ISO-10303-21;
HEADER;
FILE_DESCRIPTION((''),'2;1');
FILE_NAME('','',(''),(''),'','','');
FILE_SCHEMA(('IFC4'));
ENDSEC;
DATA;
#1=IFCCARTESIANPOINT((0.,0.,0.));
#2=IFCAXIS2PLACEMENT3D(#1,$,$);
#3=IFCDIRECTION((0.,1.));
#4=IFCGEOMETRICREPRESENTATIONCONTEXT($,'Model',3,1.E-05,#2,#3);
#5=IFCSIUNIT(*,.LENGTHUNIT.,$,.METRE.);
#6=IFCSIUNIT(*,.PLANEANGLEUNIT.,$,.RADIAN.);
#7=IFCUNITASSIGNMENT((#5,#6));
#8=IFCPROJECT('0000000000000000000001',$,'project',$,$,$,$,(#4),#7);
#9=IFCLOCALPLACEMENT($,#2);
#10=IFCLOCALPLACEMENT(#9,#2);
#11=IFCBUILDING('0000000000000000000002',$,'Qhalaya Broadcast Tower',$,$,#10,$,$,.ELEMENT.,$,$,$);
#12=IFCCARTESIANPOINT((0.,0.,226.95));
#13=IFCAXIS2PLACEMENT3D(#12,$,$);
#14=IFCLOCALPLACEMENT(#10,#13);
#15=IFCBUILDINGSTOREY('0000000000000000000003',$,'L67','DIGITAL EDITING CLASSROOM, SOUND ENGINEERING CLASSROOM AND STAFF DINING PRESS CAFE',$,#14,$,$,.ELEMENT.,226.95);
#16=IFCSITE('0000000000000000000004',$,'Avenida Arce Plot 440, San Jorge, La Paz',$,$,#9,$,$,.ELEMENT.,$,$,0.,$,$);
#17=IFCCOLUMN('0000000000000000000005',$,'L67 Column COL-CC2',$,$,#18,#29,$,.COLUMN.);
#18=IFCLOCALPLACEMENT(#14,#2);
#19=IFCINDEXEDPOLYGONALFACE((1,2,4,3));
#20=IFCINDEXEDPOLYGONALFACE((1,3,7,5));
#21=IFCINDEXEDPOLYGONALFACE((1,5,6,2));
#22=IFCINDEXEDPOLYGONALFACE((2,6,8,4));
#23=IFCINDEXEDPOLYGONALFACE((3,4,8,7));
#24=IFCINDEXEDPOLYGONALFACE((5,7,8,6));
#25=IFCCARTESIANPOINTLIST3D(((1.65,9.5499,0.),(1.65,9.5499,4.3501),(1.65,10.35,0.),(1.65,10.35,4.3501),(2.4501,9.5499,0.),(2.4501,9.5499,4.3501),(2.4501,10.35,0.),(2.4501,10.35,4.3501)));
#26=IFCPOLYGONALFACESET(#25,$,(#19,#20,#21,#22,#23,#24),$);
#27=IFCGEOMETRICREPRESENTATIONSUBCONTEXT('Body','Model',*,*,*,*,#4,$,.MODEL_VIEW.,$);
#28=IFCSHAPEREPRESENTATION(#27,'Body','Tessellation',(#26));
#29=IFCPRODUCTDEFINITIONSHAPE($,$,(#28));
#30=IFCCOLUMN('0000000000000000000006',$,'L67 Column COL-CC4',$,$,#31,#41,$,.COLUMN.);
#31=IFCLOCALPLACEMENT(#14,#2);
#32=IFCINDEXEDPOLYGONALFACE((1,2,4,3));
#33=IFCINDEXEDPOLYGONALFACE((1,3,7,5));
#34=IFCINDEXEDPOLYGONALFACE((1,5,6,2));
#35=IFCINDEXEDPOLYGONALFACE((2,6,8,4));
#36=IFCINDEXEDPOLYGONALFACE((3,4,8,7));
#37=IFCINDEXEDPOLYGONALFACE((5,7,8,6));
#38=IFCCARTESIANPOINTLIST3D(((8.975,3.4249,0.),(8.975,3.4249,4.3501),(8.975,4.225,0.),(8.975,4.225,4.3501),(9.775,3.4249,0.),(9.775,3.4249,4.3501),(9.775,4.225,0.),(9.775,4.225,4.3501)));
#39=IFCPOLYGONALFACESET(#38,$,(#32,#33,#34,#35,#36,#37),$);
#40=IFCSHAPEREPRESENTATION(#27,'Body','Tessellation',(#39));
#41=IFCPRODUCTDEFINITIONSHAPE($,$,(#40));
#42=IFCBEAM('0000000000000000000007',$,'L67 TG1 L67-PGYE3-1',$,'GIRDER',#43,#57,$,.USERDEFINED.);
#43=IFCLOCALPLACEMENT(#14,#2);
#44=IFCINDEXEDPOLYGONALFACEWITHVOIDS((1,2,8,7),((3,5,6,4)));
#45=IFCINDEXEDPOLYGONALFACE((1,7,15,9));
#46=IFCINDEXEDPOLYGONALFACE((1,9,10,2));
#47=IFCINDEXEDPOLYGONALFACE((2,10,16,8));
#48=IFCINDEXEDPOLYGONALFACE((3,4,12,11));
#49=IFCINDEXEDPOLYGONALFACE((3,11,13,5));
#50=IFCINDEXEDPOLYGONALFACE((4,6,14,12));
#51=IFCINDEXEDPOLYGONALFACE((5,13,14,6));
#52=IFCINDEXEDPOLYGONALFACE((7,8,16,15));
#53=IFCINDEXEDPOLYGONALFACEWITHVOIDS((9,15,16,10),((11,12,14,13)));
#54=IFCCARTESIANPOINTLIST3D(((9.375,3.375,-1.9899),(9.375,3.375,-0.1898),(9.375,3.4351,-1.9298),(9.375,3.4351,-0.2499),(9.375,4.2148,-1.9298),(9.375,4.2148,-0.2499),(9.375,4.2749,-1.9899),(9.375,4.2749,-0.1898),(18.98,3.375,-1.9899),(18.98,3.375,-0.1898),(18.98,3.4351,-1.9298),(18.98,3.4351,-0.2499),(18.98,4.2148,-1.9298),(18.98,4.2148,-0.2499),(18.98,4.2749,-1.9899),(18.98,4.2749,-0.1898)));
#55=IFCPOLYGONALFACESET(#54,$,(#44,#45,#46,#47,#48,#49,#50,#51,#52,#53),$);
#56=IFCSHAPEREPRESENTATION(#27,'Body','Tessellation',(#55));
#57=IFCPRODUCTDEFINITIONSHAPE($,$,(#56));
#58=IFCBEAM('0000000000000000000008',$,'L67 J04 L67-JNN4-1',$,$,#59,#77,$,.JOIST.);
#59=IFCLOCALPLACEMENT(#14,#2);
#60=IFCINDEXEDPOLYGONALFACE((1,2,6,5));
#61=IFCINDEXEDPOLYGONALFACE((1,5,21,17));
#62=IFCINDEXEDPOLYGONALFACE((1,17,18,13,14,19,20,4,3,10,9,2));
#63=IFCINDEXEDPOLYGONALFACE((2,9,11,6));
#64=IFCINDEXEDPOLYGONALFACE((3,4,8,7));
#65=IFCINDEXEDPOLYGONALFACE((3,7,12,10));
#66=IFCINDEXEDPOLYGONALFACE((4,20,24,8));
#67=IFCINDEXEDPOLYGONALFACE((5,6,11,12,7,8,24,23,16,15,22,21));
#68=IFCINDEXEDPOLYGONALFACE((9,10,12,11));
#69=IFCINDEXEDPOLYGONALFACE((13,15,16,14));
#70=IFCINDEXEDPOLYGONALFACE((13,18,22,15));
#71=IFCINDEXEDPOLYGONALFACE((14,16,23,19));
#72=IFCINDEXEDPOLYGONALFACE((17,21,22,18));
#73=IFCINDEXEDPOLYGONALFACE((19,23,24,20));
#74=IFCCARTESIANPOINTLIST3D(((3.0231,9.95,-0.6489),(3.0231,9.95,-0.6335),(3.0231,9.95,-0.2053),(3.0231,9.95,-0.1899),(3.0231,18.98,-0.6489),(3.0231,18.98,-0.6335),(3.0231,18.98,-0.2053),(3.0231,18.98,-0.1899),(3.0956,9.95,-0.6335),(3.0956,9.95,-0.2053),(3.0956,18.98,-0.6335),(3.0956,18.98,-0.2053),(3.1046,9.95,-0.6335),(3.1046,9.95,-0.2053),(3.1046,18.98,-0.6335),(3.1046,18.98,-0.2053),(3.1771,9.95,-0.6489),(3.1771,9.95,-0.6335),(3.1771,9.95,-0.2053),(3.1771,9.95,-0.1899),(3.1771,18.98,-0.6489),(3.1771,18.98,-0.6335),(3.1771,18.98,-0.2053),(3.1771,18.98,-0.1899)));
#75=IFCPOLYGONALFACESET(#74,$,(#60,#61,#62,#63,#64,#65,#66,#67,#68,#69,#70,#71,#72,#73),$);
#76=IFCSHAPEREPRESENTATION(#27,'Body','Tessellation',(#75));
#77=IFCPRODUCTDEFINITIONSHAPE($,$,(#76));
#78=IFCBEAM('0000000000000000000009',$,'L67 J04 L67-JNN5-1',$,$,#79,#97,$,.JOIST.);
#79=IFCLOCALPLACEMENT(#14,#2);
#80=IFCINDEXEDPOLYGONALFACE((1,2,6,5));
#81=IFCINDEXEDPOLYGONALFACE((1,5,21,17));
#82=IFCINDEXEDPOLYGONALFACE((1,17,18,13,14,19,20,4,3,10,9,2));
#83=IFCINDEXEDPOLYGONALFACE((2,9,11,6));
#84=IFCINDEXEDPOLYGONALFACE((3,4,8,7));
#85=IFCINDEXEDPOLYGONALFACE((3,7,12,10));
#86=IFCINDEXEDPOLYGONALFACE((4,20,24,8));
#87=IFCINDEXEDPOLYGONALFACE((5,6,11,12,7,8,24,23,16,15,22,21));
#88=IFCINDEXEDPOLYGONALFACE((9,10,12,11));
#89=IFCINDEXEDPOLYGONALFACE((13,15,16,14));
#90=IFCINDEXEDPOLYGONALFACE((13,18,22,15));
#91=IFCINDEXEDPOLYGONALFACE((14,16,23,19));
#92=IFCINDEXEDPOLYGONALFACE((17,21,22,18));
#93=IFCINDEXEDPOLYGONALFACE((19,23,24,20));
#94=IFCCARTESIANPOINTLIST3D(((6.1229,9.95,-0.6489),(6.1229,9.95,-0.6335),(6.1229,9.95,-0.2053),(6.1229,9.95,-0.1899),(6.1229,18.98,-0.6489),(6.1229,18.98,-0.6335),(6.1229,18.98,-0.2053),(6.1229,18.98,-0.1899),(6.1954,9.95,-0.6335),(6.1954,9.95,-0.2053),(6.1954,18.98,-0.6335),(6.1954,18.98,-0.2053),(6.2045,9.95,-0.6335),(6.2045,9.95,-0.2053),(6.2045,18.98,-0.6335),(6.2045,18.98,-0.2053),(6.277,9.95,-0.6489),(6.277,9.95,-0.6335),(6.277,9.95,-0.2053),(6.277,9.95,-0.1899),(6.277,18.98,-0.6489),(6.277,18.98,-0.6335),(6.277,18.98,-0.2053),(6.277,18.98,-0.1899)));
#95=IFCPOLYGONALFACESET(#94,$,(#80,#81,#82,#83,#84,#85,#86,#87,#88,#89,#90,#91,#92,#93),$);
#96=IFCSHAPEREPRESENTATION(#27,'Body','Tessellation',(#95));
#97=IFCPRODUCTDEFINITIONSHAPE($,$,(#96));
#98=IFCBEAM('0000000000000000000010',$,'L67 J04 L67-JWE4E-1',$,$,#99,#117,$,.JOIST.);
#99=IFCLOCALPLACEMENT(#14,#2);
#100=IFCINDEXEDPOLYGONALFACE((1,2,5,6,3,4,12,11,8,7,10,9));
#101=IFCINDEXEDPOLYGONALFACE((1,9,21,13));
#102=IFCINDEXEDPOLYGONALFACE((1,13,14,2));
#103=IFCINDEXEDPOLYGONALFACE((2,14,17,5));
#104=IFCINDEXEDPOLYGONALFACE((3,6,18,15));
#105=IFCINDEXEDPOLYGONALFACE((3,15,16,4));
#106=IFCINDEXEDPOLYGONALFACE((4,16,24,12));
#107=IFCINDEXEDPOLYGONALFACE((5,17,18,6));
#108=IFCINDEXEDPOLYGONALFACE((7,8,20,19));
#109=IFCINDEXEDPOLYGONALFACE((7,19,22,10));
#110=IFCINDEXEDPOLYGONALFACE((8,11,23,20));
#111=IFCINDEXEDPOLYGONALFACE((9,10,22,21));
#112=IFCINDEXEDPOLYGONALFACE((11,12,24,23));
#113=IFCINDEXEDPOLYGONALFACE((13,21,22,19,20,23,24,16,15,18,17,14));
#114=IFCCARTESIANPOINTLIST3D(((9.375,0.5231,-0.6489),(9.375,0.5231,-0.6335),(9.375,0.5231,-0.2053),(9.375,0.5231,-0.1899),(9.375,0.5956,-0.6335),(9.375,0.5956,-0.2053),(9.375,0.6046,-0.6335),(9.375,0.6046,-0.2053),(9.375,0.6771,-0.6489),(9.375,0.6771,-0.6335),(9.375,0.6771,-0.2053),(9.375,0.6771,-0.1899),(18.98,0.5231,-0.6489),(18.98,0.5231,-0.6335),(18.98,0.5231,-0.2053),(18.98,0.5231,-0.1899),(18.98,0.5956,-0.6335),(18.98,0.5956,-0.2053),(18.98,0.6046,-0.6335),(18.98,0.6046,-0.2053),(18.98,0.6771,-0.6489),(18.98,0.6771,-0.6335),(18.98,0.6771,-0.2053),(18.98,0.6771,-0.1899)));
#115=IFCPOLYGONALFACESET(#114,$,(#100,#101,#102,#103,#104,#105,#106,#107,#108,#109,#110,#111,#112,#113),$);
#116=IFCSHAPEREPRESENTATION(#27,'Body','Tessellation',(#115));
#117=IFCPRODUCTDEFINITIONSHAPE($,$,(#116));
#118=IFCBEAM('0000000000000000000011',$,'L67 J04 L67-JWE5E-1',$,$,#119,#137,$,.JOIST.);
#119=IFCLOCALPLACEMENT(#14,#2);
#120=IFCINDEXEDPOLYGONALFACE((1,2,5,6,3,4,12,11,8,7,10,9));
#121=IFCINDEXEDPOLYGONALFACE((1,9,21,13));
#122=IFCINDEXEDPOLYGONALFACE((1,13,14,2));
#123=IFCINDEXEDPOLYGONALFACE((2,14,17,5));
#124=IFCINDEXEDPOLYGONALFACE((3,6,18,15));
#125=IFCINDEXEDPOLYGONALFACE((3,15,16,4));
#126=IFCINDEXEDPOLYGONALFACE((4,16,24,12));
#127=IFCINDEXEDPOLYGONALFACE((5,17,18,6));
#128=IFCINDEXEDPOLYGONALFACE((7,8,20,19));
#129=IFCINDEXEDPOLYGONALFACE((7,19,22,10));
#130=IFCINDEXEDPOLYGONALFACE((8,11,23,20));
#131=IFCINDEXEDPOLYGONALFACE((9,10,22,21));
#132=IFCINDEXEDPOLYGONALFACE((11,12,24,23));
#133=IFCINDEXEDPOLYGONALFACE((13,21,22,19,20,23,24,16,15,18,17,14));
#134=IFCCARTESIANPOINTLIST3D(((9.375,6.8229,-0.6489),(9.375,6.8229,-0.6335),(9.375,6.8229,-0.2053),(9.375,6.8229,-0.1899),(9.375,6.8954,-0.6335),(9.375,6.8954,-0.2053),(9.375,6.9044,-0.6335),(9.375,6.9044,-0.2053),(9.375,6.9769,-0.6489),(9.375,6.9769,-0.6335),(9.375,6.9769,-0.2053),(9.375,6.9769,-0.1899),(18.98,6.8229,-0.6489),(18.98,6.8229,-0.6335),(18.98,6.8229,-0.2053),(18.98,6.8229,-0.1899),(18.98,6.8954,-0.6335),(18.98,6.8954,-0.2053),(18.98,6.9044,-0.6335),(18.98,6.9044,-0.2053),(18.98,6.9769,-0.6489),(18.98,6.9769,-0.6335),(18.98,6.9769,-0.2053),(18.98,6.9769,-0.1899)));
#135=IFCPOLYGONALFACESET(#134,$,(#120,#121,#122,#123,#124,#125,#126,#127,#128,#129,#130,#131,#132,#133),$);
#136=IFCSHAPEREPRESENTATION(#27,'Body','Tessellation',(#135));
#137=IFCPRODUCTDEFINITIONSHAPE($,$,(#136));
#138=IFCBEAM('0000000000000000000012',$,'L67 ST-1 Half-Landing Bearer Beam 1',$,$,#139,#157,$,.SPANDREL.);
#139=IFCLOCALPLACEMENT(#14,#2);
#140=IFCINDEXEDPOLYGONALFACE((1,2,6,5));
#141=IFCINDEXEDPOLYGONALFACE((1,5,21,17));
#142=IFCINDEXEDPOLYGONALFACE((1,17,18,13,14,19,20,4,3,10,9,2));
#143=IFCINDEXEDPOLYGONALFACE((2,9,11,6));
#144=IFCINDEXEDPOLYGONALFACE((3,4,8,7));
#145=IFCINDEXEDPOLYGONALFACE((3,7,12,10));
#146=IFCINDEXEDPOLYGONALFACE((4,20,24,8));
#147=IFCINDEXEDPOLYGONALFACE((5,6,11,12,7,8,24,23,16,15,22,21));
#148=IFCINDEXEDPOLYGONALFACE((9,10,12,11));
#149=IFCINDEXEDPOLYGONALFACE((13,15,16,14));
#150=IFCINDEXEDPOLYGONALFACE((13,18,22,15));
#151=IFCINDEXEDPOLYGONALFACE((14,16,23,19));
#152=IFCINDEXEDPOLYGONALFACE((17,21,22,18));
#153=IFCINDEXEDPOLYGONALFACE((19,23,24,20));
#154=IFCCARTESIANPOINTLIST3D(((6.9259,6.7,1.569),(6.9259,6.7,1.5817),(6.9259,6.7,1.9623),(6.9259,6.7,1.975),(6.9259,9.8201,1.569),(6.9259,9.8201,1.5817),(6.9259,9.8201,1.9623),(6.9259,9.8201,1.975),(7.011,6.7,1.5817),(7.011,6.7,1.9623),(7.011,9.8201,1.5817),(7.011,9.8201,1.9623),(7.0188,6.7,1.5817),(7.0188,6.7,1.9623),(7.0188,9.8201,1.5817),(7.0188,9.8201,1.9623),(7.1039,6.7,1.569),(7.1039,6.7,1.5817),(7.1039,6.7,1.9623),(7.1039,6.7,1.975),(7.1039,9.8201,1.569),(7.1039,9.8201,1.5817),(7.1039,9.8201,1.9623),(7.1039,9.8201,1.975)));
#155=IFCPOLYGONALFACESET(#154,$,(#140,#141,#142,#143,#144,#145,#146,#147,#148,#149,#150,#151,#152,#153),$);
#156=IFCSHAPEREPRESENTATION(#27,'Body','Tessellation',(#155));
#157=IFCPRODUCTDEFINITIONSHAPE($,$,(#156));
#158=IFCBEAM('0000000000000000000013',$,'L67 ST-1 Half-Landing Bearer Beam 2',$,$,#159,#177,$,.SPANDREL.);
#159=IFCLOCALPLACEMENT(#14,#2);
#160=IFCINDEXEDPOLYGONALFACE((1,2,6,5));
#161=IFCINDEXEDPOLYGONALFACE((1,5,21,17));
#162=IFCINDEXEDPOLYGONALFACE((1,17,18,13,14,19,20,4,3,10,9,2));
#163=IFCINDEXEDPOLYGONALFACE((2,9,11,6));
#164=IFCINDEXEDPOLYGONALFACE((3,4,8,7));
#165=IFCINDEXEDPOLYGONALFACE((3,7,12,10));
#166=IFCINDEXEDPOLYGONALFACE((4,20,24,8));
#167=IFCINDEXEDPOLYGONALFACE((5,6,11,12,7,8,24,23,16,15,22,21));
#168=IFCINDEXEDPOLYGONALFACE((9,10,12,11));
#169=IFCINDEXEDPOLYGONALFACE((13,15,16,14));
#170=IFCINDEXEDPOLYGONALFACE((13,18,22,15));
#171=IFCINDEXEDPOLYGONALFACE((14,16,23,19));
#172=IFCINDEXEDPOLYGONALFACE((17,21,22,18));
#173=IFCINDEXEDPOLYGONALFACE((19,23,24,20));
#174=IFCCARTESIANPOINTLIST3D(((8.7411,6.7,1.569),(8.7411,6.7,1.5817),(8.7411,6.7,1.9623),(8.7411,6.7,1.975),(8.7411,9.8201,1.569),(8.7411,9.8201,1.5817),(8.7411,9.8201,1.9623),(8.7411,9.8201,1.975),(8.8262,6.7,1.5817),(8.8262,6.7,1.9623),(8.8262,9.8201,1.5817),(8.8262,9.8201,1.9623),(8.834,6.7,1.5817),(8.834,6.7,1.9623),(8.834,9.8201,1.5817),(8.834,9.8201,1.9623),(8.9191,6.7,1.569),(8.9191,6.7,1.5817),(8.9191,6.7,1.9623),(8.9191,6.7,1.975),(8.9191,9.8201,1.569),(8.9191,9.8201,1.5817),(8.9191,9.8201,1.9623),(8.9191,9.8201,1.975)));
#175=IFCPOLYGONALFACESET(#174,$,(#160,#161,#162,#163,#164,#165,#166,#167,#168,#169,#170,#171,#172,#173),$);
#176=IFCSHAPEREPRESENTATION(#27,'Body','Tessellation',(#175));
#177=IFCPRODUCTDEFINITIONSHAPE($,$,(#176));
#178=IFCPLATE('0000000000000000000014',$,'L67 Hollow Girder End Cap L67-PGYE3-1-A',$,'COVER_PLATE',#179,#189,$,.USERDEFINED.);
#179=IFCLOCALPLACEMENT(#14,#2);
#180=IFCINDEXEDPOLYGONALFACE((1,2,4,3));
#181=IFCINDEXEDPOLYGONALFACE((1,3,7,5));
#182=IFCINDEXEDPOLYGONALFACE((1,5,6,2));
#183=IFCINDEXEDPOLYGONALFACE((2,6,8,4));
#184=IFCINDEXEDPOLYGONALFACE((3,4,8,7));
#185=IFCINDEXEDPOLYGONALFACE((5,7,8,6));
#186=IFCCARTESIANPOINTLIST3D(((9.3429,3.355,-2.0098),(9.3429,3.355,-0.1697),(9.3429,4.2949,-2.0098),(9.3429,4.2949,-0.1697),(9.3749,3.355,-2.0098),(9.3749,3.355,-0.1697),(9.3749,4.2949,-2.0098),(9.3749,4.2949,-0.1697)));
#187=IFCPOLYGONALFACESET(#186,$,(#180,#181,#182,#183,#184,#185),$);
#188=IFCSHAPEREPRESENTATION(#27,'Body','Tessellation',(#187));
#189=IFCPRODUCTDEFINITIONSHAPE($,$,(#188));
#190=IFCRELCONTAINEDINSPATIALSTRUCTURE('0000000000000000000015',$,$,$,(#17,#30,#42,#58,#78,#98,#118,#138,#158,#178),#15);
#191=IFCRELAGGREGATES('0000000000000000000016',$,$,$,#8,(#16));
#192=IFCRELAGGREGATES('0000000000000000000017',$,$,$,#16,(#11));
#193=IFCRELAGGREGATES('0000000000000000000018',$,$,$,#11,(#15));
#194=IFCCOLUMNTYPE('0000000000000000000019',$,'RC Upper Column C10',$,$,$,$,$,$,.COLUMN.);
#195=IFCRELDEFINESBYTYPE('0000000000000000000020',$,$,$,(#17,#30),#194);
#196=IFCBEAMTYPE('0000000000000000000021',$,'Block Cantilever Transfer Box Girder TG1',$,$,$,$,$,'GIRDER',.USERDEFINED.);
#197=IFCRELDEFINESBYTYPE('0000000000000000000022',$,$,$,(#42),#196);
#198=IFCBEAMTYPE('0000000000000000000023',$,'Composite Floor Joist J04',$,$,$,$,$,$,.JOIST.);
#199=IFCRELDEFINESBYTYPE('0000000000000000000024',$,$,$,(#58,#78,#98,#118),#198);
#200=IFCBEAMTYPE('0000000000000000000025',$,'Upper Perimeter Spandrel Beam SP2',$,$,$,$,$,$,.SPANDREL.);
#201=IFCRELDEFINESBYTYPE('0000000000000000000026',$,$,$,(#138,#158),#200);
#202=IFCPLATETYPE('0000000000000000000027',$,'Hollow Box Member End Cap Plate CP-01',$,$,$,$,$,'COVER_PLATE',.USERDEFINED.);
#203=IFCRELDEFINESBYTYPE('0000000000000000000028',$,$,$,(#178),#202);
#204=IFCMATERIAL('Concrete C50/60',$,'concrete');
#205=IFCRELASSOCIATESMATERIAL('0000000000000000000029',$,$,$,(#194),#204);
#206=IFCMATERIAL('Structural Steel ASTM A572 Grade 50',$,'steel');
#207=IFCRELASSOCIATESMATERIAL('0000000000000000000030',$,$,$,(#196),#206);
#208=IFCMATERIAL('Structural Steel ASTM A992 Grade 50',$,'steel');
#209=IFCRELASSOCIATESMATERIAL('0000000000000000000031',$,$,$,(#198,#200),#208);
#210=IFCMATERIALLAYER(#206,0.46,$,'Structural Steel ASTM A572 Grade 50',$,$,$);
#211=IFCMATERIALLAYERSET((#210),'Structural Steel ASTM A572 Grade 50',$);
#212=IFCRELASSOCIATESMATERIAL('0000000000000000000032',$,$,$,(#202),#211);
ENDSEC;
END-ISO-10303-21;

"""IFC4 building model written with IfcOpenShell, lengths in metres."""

from ifc_helpers import new_model, si_unit, direction, frame, origin, origin_2d, place, context, subcontext, project, spatial, rectangle, hollow_rectangle, i_section, extrude, material, layer, layer_set, material_profile, profile_set, type_object, element, save


model = new_model("IFC4")

# Units and contexts
model_context = context("Model", 3, precision=1e-05, world=origin(), true_north=direction((0.0, 1.0)))
body_context = subcontext(model_context, "Body", "Model", "MODEL_VIEW")
ifc_project = project(units=[si_unit("LENGTHUNIT", "METRE"), si_unit("PLANEANGLEUNIT", "RADIAN")], contexts=[model_context])

# Site, building, storey
site_placement = place(None, origin())
site = spatial("IfcSite", under=ifc_project, at=site_placement, Name="Avenida Arce Plot 440, San Jorge, La Paz", CompositionType="ELEMENT", RefElevation=0.0)
building_placement = place(site_placement, origin())
building = spatial("IfcBuilding", under=site, at=building_placement, Name="Qhalaya Broadcast Tower", CompositionType="ELEMENT")
storey_placement = place(building_placement, frame((0.0, 0.0, 226.95)))
storey = spatial("IfcBuildingStorey", under=building, at=storey_placement, Name="L67", Description="DIGITAL EDITING CLASSROOM, SOUND ENGINEERING CLASSROOM AND STAFF DINING PRESS CAFE", CompositionType="ELEMENT", Elevation=226.95)

# Columns
ifc_material_1 = material(Name="Concrete C50/60", Category="concrete")
ifc_material_profile_1 = material_profile(ifc_material_1, rectangle(XDim=0.8, YDim=0.8, at=origin_2d()), Name="RC-COL 800x800")
ifc_profile_set_1 = profile_set([ifc_material_profile_1], Name="Concrete C50/60")
column_type = type_object("IfcColumnType", Name="RC Upper Column C10", PredefinedType="COLUMN", material=ifc_profile_set_1)
for number, where, z_axis, x_axis, name in (
    (1, (2.05, 9.95, 0.0), (0.0, 0.0, 1.0), (1.0, 0.0, 0.0), "L67 Column COL-CC2"),
    (2, (9.375, 3.825, 0.0), (0.0, 0.0, 1.0), (1.0, 0.0, 0.0), "L67 Column COL-CC4"),
):
    element("IfcColumn", number, at=place(storey_placement, frame(where, z_axis=z_axis, x_axis=x_axis)), inside=storey, type_object=column_type, Name=name, PredefinedType="COLUMN", context=body_context, shape_type="SweptSolid", body=[
        extrude(rectangle(XDim=0.8, YDim=0.8, at=origin_2d()), origin(), (0.0, 0.0, 1.0), 4.3501),
    ])

# Beams
ifc_material_2 = material(Name="Structural Steel ASTM A572 Grade 50", Category="steel")
ifc_material_profile_2 = material_profile(ifc_material_2, hollow_rectangle(XDim=0.8999, YDim=1.8, WallThickness=0.0601, at=origin_2d()), Name="BOX 900x1800x60")
ifc_profile_set_2 = profile_set([ifc_material_profile_2], Name="Structural Steel ASTM A572 Grade 50")
beam_type_1 = type_object("IfcBeamType", Name="Block Cantilever Transfer Box Girder TG1", ElementType="GIRDER", PredefinedType="USERDEFINED", material=ifc_profile_set_2)
beam_placement = place(storey_placement, frame((9.375, 3.825, -1.0898), z_axis=(1.0, 0.0, 0.0), x_axis=(0.0, 1.0, 0.0)))
element("IfcBeam", 3, at=beam_placement, inside=storey, type_object=beam_type_1, Name="L67 TG1 L67-PGYE3-1", ObjectType="GIRDER", PredefinedType="USERDEFINED", context=body_context, shape_type="SweptSolid", body=[
    extrude(hollow_rectangle(XDim=0.8999, YDim=1.8, WallThickness=0.0601, at=origin_2d()), origin(), (0.0, 0.0, 1.0), 9.605),
])
ifc_material_3 = material(Name="Structural Steel ASTM A992 Grade 50", Category="steel")
ifc_material_profile_3 = material_profile(ifc_material_3, i_section(OverallWidth=0.1541, OverallDepth=0.459, WebThickness=0.009, FlangeThickness=0.0154, at=origin_2d()), Name="W18X46")
ifc_profile_set_3 = profile_set([ifc_material_profile_3], Name="Structural Steel ASTM A992 Grade 50")
beam_type_2 = type_object("IfcBeamType", Name="Composite Floor Joist J04", PredefinedType="JOIST", material=ifc_profile_set_3)
for number, where, z_axis, x_axis, name in (
    (4, (3.1001, 9.95, -0.4194), (0.0, 1.0, 0.0), (-1.0, 0.0, 0.0), "L67 J04 L67-JNN4-1"),
    (5, (6.2, 9.95, -0.4194), (0.0, 1.0, 0.0), (-1.0, 0.0, 0.0), "L67 J04 L67-JNN5-1"),
):
    element("IfcBeam", number, at=place(storey_placement, frame(where, z_axis=z_axis, x_axis=x_axis)), inside=storey, type_object=beam_type_2, Name=name, PredefinedType="JOIST", context=body_context, shape_type="SweptSolid", body=[
        extrude(i_section(OverallWidth=0.1541, OverallDepth=0.459, WebThickness=0.009, FlangeThickness=0.0154, at=origin_2d()), origin(), (0.0, 0.0, 1.0), 9.03),
    ])
for number, where, z_axis, x_axis, name in (
    (6, (9.375, 0.6001, -0.4194), (1.0, 0.0, 0.0), (0.0, 1.0, 0.0), "L67 J04 L67-JWE4E-1"),
    (7, (9.375, 6.8999, -0.4194), (1.0, 0.0, 0.0), (0.0, 1.0, 0.0), "L67 J04 L67-JWE5E-1"),
):
    element("IfcBeam", number, at=place(storey_placement, frame(where, z_axis=z_axis, x_axis=x_axis)), inside=storey, type_object=beam_type_2, Name=name, PredefinedType="JOIST", context=body_context, shape_type="SweptSolid", body=[
        extrude(i_section(OverallWidth=0.1541, OverallDepth=0.459, WebThickness=0.009, FlangeThickness=0.0154, at=origin_2d()), origin(), (0.0, 0.0, 1.0), 9.605),
    ])
ifc_material_profile_4 = material_profile(ifc_material_3, i_section(OverallWidth=0.178, OverallDepth=0.406, WebThickness=0.0078, FlangeThickness=0.0127, at=origin_2d()), Name="W16X40")
ifc_profile_set_4 = profile_set([ifc_material_profile_4], Name="Structural Steel ASTM A992 Grade 50")
beam_type_3 = type_object("IfcBeamType", Name="Upper Perimeter Spandrel Beam SP2", PredefinedType="SPANDREL", material=ifc_profile_set_4)
for number, where, z_axis, x_axis, name in (
    (8, (7.0149, 6.7, 1.772), (0.0, 1.0, 0.0), (-1.0, 0.0, 0.0), "L67 ST-1 Half-Landing Bearer Beam 1"),
    (9, (8.8301, 6.7, 1.772), (0.0, 1.0, 0.0), (-1.0, 0.0, 0.0), "L67 ST-1 Half-Landing Bearer Beam 2"),
):
    element("IfcBeam", number, at=place(storey_placement, frame(where, z_axis=z_axis, x_axis=x_axis)), inside=storey, type_object=beam_type_3, Name=name, PredefinedType="SPANDREL", context=body_context, shape_type="SweptSolid", body=[
        extrude(i_section(OverallWidth=0.178, OverallDepth=0.406, WebThickness=0.0078, FlangeThickness=0.0127, at=origin_2d()), origin(), (0.0, 0.0, 1.0), 3.1201),
    ])

# Plate
ifc_layer_1 = layer(ifc_material_2, 0.46, Name="Structural Steel ASTM A572 Grade 50")
ifc_layer_set_1 = layer_set([ifc_layer_1], Name="Structural Steel ASTM A572 Grade 50")
plate_type = type_object("IfcPlateType", Name="Hollow Box Member End Cap Plate CP-01", ElementType="COVER_PLATE", PredefinedType="USERDEFINED", material=ifc_layer_set_1)
plate_placement = place(storey_placement, frame((9.3589, 3.825, -2.0098), z_axis=(0.0, 0.0, 1.0), x_axis=(0.0, 1.0, 0.0)))
element("IfcPlate", 10, at=plate_placement, inside=storey, type_object=plate_type, Name="L67 Hollow Girder End Cap L67-PGYE3-1-A", ObjectType="COVER_PLATE", PredefinedType="USERDEFINED", context=body_context, shape_type="SweptSolid", body=[
    extrude(rectangle(XDim=0.9399, YDim=0.032, at=origin_2d()), origin(), (0.0, 0.0, 1.0), 1.8401),
])

save(model, "model.ifc")
